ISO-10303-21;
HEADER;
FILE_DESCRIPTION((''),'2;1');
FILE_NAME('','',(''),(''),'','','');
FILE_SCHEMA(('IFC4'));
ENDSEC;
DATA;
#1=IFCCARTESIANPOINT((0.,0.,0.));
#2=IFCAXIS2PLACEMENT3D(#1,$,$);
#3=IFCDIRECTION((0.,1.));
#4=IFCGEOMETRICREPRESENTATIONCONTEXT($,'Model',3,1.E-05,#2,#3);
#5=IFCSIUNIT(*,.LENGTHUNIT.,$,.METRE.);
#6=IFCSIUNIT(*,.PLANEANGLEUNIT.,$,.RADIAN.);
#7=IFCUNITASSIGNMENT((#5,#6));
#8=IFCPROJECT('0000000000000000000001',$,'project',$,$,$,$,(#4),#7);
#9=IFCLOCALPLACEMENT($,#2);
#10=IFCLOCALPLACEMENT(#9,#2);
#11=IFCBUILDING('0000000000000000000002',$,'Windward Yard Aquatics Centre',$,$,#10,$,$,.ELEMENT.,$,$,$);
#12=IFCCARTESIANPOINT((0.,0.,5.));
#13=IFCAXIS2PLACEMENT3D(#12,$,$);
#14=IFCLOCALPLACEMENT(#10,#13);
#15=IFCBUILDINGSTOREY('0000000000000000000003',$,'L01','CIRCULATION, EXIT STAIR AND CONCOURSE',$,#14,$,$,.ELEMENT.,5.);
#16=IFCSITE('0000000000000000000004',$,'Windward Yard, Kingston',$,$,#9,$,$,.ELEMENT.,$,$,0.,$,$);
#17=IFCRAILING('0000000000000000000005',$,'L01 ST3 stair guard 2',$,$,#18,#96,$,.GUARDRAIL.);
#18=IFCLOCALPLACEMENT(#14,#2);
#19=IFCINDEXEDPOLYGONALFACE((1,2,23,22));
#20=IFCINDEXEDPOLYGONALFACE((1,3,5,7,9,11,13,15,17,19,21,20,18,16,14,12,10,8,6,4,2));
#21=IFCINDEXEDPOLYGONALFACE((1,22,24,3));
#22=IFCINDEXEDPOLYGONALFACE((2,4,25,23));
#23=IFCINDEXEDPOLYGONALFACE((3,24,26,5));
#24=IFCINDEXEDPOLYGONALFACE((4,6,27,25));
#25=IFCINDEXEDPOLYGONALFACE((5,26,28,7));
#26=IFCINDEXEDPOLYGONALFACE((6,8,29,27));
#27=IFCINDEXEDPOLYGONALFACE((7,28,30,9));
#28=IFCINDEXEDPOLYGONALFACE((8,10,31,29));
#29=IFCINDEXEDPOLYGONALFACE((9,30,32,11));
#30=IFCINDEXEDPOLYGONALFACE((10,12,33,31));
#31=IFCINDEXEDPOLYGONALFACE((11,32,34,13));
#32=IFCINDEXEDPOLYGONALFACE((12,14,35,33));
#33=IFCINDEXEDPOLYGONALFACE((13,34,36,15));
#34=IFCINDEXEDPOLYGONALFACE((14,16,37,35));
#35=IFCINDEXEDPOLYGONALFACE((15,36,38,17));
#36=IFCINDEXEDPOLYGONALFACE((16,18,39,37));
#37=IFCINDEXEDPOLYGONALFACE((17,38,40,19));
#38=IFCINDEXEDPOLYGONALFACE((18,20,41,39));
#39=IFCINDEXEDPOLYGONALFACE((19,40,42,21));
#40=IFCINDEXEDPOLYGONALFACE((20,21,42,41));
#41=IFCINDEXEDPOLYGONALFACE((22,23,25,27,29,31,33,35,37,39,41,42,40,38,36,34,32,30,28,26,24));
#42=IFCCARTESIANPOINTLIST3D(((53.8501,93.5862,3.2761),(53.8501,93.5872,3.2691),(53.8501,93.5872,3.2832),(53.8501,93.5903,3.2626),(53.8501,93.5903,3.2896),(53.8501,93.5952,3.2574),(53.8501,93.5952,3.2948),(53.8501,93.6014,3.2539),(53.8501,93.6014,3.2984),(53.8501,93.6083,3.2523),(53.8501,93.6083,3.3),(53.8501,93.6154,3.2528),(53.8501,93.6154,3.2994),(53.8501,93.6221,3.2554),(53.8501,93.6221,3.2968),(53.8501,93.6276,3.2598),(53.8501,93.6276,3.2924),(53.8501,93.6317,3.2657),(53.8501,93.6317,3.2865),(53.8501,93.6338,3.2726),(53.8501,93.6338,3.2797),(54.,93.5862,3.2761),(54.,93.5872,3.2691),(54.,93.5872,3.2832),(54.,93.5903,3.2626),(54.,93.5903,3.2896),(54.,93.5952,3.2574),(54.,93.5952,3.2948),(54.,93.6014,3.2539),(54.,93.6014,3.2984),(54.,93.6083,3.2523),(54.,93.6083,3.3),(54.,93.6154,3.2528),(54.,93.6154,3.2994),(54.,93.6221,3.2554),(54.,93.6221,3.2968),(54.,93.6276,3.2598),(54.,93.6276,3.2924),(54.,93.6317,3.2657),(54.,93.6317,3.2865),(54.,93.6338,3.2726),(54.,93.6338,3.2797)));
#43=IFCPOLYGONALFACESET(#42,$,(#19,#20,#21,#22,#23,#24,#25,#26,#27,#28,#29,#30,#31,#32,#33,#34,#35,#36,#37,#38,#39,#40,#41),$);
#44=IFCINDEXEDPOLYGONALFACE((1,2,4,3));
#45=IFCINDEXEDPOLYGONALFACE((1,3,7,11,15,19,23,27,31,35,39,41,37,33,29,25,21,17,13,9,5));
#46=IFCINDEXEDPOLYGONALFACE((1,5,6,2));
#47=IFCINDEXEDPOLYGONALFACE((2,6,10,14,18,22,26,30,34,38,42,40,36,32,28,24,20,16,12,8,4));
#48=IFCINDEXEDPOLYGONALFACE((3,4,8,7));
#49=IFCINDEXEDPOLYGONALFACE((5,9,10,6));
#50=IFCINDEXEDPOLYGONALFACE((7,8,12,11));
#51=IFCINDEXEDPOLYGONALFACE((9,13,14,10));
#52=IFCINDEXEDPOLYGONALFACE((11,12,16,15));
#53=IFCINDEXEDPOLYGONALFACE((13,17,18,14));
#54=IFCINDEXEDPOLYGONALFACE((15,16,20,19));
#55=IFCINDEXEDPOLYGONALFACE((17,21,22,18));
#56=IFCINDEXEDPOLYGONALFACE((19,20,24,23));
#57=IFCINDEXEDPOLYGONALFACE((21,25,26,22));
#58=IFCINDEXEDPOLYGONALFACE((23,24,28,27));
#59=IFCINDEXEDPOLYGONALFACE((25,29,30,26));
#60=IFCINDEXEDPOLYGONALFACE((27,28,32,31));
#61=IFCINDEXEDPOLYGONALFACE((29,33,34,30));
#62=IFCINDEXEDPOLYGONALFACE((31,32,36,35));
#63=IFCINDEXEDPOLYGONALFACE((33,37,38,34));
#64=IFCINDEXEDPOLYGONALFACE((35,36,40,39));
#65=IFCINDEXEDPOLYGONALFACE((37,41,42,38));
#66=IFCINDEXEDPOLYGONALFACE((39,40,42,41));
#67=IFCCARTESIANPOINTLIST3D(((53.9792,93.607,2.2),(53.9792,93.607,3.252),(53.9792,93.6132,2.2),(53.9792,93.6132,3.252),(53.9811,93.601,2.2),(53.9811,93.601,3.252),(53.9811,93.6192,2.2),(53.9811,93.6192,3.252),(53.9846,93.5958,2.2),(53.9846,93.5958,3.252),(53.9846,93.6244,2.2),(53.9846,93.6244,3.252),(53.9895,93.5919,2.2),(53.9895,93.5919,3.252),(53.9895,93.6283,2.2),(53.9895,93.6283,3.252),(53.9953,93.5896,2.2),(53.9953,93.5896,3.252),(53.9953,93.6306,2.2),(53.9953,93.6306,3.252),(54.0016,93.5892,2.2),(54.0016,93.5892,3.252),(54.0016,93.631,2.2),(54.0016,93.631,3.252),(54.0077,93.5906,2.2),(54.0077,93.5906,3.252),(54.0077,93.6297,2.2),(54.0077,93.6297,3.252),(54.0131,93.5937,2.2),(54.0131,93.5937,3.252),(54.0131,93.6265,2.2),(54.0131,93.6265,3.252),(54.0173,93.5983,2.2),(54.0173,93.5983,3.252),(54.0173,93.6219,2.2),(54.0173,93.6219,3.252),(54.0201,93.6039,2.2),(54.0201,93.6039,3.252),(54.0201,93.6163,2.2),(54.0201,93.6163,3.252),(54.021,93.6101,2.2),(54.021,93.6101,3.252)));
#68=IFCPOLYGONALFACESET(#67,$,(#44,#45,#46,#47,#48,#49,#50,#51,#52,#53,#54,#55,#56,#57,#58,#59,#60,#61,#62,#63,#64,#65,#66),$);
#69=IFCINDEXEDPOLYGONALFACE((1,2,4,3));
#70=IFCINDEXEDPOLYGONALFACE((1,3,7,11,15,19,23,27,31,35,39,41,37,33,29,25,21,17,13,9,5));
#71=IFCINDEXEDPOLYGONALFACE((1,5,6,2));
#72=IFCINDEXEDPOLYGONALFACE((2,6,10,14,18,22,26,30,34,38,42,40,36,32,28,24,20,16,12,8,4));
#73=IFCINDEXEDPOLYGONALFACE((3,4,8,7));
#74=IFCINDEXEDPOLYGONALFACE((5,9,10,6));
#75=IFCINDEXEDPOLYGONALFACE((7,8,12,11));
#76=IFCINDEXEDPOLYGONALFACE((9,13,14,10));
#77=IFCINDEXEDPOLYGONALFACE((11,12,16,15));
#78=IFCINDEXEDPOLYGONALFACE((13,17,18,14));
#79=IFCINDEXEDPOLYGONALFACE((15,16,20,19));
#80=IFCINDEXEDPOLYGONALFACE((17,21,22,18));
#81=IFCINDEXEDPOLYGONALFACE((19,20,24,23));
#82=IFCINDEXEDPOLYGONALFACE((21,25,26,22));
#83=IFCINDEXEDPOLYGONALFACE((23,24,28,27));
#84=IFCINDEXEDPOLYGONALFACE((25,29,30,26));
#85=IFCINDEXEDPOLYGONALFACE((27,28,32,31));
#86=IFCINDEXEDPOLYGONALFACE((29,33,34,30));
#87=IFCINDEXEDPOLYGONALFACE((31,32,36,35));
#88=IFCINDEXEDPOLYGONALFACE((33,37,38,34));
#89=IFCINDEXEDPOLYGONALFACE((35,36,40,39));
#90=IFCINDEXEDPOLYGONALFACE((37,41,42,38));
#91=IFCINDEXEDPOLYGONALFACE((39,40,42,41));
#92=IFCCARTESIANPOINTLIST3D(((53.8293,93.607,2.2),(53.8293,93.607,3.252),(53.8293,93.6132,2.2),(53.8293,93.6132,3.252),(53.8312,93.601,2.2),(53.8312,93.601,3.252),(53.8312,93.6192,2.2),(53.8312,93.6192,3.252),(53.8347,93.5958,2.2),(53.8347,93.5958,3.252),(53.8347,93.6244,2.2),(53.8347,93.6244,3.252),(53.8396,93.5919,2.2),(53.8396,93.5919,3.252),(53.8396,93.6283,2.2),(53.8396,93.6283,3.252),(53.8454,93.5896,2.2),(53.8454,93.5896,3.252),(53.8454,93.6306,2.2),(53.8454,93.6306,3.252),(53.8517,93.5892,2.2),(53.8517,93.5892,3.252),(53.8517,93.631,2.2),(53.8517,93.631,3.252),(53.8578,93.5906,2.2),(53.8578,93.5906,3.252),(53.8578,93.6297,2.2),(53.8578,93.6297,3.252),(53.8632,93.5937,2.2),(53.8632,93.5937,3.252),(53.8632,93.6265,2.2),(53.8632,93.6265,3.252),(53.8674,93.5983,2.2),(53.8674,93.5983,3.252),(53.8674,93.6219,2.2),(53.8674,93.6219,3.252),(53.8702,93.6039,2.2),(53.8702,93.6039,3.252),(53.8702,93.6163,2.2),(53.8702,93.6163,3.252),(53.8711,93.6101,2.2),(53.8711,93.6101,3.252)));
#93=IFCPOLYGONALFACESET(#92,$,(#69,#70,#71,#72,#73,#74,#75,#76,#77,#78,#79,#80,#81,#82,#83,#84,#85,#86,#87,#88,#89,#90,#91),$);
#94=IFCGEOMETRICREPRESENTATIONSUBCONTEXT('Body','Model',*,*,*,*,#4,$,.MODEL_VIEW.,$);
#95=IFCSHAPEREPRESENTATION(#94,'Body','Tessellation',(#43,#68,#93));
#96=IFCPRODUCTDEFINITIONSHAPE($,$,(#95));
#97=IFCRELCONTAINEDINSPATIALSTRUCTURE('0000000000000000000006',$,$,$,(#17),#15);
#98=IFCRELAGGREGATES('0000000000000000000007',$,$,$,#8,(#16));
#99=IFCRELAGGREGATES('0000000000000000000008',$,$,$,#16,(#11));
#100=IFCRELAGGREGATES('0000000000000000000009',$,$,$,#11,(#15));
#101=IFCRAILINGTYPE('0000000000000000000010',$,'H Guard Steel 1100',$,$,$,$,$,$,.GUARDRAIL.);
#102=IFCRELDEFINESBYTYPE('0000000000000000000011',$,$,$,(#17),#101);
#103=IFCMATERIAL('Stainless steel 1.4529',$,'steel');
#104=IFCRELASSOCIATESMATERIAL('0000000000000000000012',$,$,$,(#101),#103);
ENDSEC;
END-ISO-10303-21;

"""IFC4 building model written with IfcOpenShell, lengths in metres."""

from ifc_helpers import new_model, si_unit, direction, frame, origin, origin_2d, place, context, subcontext, project, spatial, circle, extrude, material, type_object, element, save


model = new_model("IFC4")

# Units and contexts
model_context = context("Model", 3, precision=1e-05, world=origin(), true_north=direction((0.0, 1.0)))
body_context = subcontext(model_context, "Body", "Model", "MODEL_VIEW")
ifc_project = project(units=[si_unit("LENGTHUNIT", "METRE"), si_unit("PLANEANGLEUNIT", "RADIAN")], contexts=[model_context])

# Site, building, storey
site_placement = place(None, origin())
site = spatial("IfcSite", under=ifc_project, at=site_placement, Name="Windward Yard, Kingston", CompositionType="ELEMENT", RefElevation=0.0)
building_placement = place(site_placement, origin())
building = spatial("IfcBuilding", under=site, at=building_placement, Name="Windward Yard Aquatics Centre", CompositionType="ELEMENT")
storey_placement = place(building_placement, frame((0.0, 0.0, 5.0)))
storey = spatial("IfcBuildingStorey", under=building, at=storey_placement, Name="L01", Description="CIRCULATION, EXIT STAIR AND CONCOURSE", CompositionType="ELEMENT", Elevation=5.0)

# Railing
ifc_material_1 = material(Name="Stainless steel 1.4529", Category="steel")
railing_type_1 = type_object("IfcRailingType", Name="H Guard Steel 1100", PredefinedType="GUARDRAIL", material=ifc_material_1)
railing_1_placement = place(storey_placement, frame((54.0, 93.6101, 2.2)))
element("IfcRailing", 1, at=railing_1_placement, inside=storey, type_object=railing_type_1, Name="L01 ST3 stair guard 2", PredefinedType="GUARDRAIL", context=body_context, shape_type="SweptSolid", body=[
    extrude(circle(Radius=0.0239, at=origin_2d()), frame((0.0, 0.0, 1.0762), z_axis=(-1.0, 0.0, 0.0), x_axis=(0.0, -1.0, 0.0)), (0.0, 0.0, 1.0), 0.1499),
    extrude(circle(Radius=0.021, at=origin_2d()), origin(), (0.0, 0.0, 1.0), 1.052),
    extrude(circle(Radius=0.021, at=origin_2d()), frame((-0.1499, 0.0, 0.0)), (0.0, 0.0, 1.0), 1.052),
])

save(model, "model.ifc")
